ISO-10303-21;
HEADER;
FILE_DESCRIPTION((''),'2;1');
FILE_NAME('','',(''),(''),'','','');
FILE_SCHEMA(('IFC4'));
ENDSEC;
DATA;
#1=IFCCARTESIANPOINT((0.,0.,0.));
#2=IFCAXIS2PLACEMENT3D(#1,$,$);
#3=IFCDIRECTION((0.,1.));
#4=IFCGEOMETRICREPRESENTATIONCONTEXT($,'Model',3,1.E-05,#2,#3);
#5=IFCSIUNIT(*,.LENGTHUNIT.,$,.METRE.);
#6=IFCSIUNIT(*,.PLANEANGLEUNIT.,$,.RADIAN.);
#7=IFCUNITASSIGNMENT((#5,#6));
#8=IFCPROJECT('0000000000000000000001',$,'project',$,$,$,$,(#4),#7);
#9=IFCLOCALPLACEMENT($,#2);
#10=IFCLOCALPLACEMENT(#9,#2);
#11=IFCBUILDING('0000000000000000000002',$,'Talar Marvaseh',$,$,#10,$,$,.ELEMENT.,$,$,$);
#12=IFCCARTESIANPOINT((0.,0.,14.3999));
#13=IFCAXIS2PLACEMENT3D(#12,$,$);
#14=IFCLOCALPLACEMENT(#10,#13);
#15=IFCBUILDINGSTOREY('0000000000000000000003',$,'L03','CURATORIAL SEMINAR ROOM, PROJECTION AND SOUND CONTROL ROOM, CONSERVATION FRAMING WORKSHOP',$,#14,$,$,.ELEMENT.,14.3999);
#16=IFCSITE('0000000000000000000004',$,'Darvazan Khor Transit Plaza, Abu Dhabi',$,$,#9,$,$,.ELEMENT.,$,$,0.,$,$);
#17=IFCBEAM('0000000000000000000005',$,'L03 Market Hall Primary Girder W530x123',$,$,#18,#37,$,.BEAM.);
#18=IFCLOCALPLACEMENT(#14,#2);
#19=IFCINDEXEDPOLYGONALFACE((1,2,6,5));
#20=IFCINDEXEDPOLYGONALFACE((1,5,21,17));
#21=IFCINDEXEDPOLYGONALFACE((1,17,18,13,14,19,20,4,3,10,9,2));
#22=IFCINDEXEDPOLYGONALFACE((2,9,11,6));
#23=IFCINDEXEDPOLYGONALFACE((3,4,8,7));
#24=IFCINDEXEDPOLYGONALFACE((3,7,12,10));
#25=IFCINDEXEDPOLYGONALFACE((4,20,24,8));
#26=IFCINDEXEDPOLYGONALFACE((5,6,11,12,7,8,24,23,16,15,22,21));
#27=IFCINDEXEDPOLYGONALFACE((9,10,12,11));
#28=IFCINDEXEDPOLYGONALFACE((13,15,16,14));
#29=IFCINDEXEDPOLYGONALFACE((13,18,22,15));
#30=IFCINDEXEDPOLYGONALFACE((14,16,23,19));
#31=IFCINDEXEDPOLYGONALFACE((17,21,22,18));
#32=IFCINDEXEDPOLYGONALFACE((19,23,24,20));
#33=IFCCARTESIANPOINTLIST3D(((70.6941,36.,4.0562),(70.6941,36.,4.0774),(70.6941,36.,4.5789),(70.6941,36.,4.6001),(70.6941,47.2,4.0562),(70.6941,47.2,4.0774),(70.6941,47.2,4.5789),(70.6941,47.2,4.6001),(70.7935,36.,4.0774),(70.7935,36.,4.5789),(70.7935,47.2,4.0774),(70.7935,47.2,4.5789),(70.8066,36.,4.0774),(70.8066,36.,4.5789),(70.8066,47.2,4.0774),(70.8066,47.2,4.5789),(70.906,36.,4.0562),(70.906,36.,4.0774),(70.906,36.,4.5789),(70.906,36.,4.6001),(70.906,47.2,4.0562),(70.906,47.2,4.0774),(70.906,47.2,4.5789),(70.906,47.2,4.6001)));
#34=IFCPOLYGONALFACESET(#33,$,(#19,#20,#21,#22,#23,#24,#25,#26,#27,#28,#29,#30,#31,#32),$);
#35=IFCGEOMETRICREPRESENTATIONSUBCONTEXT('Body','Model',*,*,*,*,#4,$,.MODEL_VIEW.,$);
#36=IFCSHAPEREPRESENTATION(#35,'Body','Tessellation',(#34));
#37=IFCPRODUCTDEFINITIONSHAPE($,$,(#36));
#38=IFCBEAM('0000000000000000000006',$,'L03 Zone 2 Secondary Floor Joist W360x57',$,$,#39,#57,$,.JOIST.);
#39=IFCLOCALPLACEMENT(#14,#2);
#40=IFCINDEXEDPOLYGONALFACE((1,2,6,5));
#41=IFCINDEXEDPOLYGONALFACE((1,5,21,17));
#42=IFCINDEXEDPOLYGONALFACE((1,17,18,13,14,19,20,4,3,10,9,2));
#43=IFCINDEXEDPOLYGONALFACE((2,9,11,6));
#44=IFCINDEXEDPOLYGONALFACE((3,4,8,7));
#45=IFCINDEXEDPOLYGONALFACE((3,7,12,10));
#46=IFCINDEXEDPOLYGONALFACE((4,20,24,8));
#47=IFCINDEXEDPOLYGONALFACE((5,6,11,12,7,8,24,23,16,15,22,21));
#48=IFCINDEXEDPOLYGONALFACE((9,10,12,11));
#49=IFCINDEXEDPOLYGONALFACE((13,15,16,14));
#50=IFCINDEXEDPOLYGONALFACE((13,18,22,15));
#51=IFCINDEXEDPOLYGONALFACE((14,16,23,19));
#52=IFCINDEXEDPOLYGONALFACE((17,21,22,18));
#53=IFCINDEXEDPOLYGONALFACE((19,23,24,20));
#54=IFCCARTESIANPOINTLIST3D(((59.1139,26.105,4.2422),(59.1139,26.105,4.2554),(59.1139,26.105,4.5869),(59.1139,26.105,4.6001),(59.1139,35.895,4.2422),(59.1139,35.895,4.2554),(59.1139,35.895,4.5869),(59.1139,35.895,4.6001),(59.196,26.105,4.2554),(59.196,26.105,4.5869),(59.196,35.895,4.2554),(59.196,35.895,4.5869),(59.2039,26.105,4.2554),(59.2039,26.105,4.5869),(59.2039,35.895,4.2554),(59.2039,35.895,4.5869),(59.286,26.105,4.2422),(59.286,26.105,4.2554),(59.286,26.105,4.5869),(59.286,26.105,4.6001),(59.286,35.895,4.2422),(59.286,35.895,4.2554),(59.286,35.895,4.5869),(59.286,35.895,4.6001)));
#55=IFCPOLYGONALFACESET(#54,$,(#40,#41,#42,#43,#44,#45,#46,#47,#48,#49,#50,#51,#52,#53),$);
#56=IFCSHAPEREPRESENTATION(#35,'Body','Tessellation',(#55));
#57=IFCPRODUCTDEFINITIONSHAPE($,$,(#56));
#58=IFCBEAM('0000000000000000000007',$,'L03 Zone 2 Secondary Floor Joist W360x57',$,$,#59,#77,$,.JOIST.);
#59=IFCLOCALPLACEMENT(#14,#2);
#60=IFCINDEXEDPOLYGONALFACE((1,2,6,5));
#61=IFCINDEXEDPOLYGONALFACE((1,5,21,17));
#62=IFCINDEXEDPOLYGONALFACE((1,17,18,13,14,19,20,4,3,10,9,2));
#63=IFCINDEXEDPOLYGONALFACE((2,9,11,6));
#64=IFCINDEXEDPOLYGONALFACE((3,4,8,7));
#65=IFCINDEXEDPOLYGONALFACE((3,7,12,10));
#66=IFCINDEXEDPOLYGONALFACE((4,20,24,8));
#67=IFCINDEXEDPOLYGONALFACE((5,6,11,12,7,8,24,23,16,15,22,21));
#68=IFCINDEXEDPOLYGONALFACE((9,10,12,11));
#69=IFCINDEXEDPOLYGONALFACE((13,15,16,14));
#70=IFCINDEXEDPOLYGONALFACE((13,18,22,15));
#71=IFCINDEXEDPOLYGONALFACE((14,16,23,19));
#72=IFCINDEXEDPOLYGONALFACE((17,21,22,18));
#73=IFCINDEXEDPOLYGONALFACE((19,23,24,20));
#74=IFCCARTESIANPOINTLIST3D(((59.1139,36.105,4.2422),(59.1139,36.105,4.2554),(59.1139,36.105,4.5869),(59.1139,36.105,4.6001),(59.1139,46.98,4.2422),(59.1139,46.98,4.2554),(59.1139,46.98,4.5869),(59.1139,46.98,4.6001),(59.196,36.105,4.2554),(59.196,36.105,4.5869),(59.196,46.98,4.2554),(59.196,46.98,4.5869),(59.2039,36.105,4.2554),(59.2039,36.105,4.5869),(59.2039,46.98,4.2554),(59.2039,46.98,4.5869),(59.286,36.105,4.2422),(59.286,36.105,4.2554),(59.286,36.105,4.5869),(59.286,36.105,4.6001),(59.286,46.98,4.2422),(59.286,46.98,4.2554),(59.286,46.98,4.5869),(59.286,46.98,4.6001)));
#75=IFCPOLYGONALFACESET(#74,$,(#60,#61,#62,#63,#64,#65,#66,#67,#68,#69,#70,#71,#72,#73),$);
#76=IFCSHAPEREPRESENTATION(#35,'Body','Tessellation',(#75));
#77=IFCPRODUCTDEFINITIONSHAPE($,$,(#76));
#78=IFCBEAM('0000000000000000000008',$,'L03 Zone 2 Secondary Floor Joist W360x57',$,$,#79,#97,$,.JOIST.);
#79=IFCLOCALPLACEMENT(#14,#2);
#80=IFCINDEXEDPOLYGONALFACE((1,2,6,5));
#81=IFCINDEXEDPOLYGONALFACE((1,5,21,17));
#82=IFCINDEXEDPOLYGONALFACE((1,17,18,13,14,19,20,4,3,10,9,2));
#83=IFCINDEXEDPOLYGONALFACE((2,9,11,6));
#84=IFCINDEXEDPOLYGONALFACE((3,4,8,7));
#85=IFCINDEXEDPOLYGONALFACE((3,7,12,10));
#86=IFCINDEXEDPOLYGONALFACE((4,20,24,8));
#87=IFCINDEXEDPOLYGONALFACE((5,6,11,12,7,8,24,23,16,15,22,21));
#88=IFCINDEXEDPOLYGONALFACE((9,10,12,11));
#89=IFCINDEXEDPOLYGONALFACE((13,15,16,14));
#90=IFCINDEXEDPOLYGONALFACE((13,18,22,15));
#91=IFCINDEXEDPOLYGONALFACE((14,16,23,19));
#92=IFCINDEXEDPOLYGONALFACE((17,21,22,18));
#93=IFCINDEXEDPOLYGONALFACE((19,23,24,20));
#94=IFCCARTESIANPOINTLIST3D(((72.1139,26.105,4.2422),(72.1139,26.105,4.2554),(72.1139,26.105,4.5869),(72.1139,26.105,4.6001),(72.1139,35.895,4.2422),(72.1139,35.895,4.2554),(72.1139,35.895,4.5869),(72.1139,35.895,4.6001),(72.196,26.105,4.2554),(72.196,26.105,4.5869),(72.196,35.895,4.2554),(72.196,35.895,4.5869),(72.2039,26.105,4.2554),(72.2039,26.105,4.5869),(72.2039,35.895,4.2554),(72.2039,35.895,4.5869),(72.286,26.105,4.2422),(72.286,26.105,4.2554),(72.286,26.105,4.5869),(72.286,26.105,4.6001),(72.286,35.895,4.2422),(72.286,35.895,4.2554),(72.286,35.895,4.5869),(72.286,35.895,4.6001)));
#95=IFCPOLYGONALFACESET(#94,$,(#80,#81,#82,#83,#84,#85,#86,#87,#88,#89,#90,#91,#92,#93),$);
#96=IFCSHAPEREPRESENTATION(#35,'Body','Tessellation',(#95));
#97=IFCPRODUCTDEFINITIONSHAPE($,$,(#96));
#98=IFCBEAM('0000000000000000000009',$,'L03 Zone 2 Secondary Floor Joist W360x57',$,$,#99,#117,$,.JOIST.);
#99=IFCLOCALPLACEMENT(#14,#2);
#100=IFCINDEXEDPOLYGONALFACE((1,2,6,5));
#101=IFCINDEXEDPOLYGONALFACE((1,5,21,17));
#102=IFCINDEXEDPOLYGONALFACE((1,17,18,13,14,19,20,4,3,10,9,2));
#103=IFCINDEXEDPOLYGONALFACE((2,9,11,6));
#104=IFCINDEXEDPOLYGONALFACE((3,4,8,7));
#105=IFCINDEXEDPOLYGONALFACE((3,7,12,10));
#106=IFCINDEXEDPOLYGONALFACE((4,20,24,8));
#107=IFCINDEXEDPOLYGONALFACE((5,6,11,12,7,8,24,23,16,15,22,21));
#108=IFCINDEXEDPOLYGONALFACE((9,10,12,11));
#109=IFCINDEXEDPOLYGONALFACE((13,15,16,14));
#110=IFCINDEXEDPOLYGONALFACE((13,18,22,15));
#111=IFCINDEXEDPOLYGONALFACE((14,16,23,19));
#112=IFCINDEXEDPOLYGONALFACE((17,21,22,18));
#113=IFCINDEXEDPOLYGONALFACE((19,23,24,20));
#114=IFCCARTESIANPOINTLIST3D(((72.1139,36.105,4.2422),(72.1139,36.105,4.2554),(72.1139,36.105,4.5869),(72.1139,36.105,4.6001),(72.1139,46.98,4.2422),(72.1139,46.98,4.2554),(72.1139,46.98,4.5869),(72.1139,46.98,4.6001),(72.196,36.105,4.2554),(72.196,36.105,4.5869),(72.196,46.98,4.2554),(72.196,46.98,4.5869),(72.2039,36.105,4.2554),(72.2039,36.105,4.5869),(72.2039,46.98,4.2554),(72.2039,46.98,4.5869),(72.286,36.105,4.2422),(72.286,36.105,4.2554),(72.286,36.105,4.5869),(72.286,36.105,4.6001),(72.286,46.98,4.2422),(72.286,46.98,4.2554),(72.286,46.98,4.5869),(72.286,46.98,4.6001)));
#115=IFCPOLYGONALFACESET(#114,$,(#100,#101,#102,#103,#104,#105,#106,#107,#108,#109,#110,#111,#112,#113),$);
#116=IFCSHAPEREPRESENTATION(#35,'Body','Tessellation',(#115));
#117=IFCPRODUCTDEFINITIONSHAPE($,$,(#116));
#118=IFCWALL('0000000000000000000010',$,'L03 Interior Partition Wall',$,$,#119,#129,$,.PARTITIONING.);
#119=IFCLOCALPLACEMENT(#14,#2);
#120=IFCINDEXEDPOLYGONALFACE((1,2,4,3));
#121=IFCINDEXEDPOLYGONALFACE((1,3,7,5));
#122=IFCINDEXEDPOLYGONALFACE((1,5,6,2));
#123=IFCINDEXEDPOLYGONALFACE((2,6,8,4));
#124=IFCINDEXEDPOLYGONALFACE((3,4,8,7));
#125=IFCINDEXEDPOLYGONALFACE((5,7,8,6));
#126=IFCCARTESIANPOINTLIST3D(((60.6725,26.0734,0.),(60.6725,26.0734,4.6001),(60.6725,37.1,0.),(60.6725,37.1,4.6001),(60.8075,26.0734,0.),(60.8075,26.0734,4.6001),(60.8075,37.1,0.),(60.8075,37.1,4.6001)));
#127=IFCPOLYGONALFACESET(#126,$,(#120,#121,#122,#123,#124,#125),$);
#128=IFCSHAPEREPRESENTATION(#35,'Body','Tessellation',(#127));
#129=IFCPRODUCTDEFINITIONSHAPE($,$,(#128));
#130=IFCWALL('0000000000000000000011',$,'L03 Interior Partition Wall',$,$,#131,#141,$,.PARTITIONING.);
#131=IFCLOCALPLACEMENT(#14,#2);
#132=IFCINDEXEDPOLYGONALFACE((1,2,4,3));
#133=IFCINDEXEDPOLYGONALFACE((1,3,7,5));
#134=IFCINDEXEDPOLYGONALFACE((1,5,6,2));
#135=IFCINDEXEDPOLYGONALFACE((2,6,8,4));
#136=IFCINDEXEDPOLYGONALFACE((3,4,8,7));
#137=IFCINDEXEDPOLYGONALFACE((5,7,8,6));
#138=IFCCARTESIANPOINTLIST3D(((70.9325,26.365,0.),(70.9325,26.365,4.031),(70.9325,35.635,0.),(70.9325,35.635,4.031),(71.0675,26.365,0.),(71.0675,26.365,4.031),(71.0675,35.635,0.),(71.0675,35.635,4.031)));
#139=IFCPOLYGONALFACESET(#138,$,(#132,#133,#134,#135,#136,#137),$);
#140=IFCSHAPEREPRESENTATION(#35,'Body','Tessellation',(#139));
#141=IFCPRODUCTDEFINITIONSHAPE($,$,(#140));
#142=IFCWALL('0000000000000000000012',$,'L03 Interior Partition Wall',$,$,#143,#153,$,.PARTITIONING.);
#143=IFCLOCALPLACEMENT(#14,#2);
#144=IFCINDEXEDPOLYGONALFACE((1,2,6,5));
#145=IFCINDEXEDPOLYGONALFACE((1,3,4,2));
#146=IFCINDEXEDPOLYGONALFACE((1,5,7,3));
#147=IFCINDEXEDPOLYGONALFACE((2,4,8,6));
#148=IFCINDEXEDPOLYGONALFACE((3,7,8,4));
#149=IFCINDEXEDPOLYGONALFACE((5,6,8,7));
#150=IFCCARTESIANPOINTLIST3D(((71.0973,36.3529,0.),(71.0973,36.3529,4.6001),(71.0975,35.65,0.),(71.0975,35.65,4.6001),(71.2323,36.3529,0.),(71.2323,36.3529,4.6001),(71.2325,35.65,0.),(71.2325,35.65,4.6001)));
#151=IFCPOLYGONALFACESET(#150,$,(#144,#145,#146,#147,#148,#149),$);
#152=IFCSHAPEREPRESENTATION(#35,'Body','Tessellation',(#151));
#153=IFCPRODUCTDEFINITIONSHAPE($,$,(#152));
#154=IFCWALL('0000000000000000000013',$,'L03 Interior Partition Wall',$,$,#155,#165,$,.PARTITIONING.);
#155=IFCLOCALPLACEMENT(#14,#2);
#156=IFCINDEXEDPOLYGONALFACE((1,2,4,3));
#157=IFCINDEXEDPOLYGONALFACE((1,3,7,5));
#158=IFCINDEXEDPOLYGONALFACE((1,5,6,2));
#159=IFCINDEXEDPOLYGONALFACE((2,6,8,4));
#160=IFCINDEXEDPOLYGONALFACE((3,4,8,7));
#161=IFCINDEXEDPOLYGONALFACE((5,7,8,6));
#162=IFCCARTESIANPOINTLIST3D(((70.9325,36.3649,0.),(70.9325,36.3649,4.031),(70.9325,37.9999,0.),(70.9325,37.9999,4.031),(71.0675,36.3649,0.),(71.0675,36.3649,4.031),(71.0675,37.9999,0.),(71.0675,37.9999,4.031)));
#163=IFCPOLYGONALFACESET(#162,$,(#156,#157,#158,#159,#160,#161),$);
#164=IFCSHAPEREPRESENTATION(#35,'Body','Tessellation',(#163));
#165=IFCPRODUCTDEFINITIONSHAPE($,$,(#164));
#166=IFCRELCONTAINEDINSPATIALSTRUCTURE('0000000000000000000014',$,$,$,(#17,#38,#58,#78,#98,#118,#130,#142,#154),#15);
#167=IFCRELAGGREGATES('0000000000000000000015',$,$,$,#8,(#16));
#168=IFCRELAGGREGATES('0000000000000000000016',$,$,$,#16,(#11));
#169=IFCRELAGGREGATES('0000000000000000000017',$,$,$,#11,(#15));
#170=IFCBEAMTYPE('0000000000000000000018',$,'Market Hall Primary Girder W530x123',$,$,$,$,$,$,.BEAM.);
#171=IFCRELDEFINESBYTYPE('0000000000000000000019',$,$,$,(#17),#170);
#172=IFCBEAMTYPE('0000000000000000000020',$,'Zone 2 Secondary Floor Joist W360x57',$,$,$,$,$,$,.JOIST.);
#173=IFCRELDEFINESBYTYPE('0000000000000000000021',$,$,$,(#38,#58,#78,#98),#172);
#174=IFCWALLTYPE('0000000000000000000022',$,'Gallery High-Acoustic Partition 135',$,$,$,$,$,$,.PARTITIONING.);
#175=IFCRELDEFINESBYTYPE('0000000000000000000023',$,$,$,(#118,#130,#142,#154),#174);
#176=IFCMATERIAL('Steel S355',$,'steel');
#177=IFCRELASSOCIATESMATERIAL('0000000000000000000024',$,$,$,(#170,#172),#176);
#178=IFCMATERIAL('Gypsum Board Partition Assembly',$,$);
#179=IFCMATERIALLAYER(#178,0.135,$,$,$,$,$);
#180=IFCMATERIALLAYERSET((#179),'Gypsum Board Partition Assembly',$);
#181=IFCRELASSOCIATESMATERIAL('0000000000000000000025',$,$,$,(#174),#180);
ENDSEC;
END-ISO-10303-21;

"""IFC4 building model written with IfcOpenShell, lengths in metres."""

from ifc_helpers import new_model, si_unit, direction, frame, frame_2d, origin, origin_2d, place, context, subcontext, project, spatial, rectangle, i_section, extrude, material, layer, layer_set, material_profile, profile_set, type_object, element, save


model = new_model("IFC4")

# Units and contexts
model_context = context("Model", 3, precision=1e-05, world=origin(), true_north=direction((0.0, 1.0)))
body_context = subcontext(model_context, "Body", "Model", "MODEL_VIEW")
ifc_project = project(units=[si_unit("LENGTHUNIT", "METRE"), si_unit("PLANEANGLEUNIT", "RADIAN")], contexts=[model_context])

# Site, building, storey
site_placement = place(None, origin())
site = spatial("IfcSite", under=ifc_project, at=site_placement, Name="Darvazan Khor Transit Plaza, Abu Dhabi", CompositionType="ELEMENT", RefElevation=0.0)
building_placement = place(site_placement, origin())
building = spatial("IfcBuilding", under=site, at=building_placement, Name="Talar Marvaseh", CompositionType="ELEMENT")
storey_placement = place(building_placement, frame((0.0, 0.0, 14.3999)))
storey = spatial("IfcBuildingStorey", under=building, at=storey_placement, Name="L03", Description="CURATORIAL SEMINAR ROOM, PROJECTION AND SOUND CONTROL ROOM, CONSERVATION FRAMING WORKSHOP", CompositionType="ELEMENT", Elevation=14.3999)

# Beams
ifc_material_1 = material(Name="Steel S355", Category="steel")
ifc_material_profile_1 = material_profile(ifc_material_1, i_section(OverallWidth=0.2119, OverallDepth=0.5439, WebThickness=0.0132, FlangeThickness=0.0212, at=origin_2d()), Name="W530x123")
ifc_profile_set_1 = profile_set([ifc_material_profile_1], Name="Steel S355")
beam_type_1 = type_object("IfcBeamType", Name="Market Hall Primary Girder W530x123", PredefinedType="BEAM", material=ifc_profile_set_1)
beam_1_placement = place(storey_placement, frame((70.8, 36.0, 4.3281), z_axis=(0.0, 1.0, 0.0), x_axis=(-1.0, 0.0, 0.0)))
element("IfcBeam", 1, at=beam_1_placement, inside=storey, type_object=beam_type_1, Name="L03 Market Hall Primary Girder W530x123", PredefinedType="BEAM", context=body_context, shape_type="SweptSolid", body=[
    extrude(i_section(OverallWidth=0.2119, OverallDepth=0.5439, WebThickness=0.0132, FlangeThickness=0.0212, at=origin_2d()), origin(), (0.0, 0.0, 1.0), 11.2),
])
ifc_material_profile_2 = material_profile(ifc_material_1, i_section(OverallWidth=0.1721, OverallDepth=0.3579, WebThickness=0.0078, FlangeThickness=0.0132, at=origin_2d()), Name="W360x57")
ifc_profile_set_2 = profile_set([ifc_material_profile_2], Name="Steel S355")
beam_type_2 = type_object("IfcBeamType", Name="Zone 2 Secondary Floor Joist W360x57", PredefinedType="JOIST", material=ifc_profile_set_2)
beam_2_placement = place(storey_placement, frame((59.2, 26.105, 4.4211), z_axis=(0.0, 1.0, 0.0), x_axis=(-1.0, 0.0, 0.0)))
element("IfcBeam", 2, at=beam_2_placement, inside=storey, type_object=beam_type_2, Name="L03 Zone 2 Secondary Floor Joist W360x57", PredefinedType="JOIST", context=body_context, shape_type="SweptSolid", body=[
    extrude(i_section(OverallWidth=0.1721, OverallDepth=0.3579, WebThickness=0.0078, FlangeThickness=0.0132, at=origin_2d()), origin(), (0.0, 0.0, 1.0), 9.79),
])
beam_3_placement = place(storey_placement, frame((59.2, 36.105, 4.4211), z_axis=(0.0, 1.0, 0.0), x_axis=(-1.0, 0.0, 0.0)))
element("IfcBeam", 3, at=beam_3_placement, inside=storey, type_object=beam_type_2, Name="L03 Zone 2 Secondary Floor Joist W360x57", PredefinedType="JOIST", context=body_context, shape_type="SweptSolid", body=[
    extrude(i_section(OverallWidth=0.1721, OverallDepth=0.3579, WebThickness=0.0078, FlangeThickness=0.0132, at=origin_2d()), origin(), (0.0, 0.0, 1.0), 10.875),
])
beam_4_placement = place(storey_placement, frame((72.2, 26.105, 4.4211), z_axis=(0.0, 1.0, 0.0), x_axis=(-1.0, 0.0, 0.0)))
element("IfcBeam", 4, at=beam_4_placement, inside=storey, type_object=beam_type_2, Name="L03 Zone 2 Secondary Floor Joist W360x57", PredefinedType="JOIST", context=body_context, shape_type="SweptSolid", body=[
    extrude(i_section(OverallWidth=0.1721, OverallDepth=0.3579, WebThickness=0.0078, FlangeThickness=0.0132, at=origin_2d()), origin(), (0.0, 0.0, 1.0), 9.79),
])
beam_5_placement = place(storey_placement, frame((72.2, 36.105, 4.4211), z_axis=(0.0, 1.0, 0.0), x_axis=(-1.0, 0.0, 0.0)))
element("IfcBeam", 5, at=beam_5_placement, inside=storey, type_object=beam_type_2, Name="L03 Zone 2 Secondary Floor Joist W360x57", PredefinedType="JOIST", context=body_context, shape_type="SweptSolid", body=[
    extrude(i_section(OverallWidth=0.1721, OverallDepth=0.3579, WebThickness=0.0078, FlangeThickness=0.0132, at=origin_2d()), origin(), (0.0, 0.0, 1.0), 10.875),
])

# Walls
ifc_material_2 = material(Name="Gypsum Board Partition Assembly")
ifc_layer = layer(ifc_material_2, 0.135)
ifc_layer_set = layer_set([ifc_layer], Name="Gypsum Board Partition Assembly")
wall_type = type_object("IfcWallType", Name="Gallery High-Acoustic Partition 135", PredefinedType="PARTITIONING", material=ifc_layer_set)
wall_1_placement = place(storey_placement, frame((60.74, 26.0735, 0.0), z_axis=(0.0, 0.0, 1.0), x_axis=(0.0, 1.0, 0.0)))
element("IfcWall", 6, at=wall_1_placement, inside=storey, type_object=wall_type, Name="L03 Interior Partition Wall", PredefinedType="PARTITIONING", context=body_context, shape_type="SweptSolid", body=[
    extrude(rectangle(XDim=11.0266, YDim=0.135, at=frame_2d((5.5132, 0.0))), origin(), (0.0, 0.0, 1.0), 4.6001),
])
wall_2_placement = place(storey_placement, frame((71.0, 26.365, 0.0), z_axis=(0.0, 0.0, 1.0), x_axis=(0.0, 1.0, 0.0)))
element("IfcWall", 7, at=wall_2_placement, inside=storey, type_object=wall_type, Name="L03 Interior Partition Wall", PredefinedType="PARTITIONING", context=body_context, shape_type="SweptSolid", body=[
    extrude(rectangle(XDim=9.27, YDim=0.135, at=frame_2d((4.635, 0.0))), origin(), (0.0, 0.0, 1.0), 4.031),
])
wall_3_placement = place(storey_placement, frame((71.165, 35.6499, 0.0), z_axis=(0.0, 0.0, 1.0), x_axis=(-0.000347, 1.0, 0.0)))
element("IfcWall", 8, at=wall_3_placement, inside=storey, type_object=wall_type, Name="L03 Interior Partition Wall", PredefinedType="PARTITIONING", context=body_context, shape_type="SweptSolid", body=[
    extrude(rectangle(XDim=0.7029, YDim=0.135, at=frame_2d((0.3516, 0.0))), origin(), (0.0, 0.0, 1.0), 4.6001),
])
wall_4_placement = place(storey_placement, frame((71.0, 36.365, 0.0), z_axis=(0.0, 0.0, 1.0), x_axis=(0.0, 1.0, 0.0)))
element("IfcWall", 9, at=wall_4_placement, inside=storey, type_object=wall_type, Name="L03 Interior Partition Wall", PredefinedType="PARTITIONING", context=body_context, shape_type="SweptSolid", body=[
    extrude(rectangle(XDim=1.635, YDim=0.135, at=frame_2d((0.8174, 0.0))), origin(), (0.0, 0.0, 1.0), 4.031),
])

save(model, "model.ifc")
